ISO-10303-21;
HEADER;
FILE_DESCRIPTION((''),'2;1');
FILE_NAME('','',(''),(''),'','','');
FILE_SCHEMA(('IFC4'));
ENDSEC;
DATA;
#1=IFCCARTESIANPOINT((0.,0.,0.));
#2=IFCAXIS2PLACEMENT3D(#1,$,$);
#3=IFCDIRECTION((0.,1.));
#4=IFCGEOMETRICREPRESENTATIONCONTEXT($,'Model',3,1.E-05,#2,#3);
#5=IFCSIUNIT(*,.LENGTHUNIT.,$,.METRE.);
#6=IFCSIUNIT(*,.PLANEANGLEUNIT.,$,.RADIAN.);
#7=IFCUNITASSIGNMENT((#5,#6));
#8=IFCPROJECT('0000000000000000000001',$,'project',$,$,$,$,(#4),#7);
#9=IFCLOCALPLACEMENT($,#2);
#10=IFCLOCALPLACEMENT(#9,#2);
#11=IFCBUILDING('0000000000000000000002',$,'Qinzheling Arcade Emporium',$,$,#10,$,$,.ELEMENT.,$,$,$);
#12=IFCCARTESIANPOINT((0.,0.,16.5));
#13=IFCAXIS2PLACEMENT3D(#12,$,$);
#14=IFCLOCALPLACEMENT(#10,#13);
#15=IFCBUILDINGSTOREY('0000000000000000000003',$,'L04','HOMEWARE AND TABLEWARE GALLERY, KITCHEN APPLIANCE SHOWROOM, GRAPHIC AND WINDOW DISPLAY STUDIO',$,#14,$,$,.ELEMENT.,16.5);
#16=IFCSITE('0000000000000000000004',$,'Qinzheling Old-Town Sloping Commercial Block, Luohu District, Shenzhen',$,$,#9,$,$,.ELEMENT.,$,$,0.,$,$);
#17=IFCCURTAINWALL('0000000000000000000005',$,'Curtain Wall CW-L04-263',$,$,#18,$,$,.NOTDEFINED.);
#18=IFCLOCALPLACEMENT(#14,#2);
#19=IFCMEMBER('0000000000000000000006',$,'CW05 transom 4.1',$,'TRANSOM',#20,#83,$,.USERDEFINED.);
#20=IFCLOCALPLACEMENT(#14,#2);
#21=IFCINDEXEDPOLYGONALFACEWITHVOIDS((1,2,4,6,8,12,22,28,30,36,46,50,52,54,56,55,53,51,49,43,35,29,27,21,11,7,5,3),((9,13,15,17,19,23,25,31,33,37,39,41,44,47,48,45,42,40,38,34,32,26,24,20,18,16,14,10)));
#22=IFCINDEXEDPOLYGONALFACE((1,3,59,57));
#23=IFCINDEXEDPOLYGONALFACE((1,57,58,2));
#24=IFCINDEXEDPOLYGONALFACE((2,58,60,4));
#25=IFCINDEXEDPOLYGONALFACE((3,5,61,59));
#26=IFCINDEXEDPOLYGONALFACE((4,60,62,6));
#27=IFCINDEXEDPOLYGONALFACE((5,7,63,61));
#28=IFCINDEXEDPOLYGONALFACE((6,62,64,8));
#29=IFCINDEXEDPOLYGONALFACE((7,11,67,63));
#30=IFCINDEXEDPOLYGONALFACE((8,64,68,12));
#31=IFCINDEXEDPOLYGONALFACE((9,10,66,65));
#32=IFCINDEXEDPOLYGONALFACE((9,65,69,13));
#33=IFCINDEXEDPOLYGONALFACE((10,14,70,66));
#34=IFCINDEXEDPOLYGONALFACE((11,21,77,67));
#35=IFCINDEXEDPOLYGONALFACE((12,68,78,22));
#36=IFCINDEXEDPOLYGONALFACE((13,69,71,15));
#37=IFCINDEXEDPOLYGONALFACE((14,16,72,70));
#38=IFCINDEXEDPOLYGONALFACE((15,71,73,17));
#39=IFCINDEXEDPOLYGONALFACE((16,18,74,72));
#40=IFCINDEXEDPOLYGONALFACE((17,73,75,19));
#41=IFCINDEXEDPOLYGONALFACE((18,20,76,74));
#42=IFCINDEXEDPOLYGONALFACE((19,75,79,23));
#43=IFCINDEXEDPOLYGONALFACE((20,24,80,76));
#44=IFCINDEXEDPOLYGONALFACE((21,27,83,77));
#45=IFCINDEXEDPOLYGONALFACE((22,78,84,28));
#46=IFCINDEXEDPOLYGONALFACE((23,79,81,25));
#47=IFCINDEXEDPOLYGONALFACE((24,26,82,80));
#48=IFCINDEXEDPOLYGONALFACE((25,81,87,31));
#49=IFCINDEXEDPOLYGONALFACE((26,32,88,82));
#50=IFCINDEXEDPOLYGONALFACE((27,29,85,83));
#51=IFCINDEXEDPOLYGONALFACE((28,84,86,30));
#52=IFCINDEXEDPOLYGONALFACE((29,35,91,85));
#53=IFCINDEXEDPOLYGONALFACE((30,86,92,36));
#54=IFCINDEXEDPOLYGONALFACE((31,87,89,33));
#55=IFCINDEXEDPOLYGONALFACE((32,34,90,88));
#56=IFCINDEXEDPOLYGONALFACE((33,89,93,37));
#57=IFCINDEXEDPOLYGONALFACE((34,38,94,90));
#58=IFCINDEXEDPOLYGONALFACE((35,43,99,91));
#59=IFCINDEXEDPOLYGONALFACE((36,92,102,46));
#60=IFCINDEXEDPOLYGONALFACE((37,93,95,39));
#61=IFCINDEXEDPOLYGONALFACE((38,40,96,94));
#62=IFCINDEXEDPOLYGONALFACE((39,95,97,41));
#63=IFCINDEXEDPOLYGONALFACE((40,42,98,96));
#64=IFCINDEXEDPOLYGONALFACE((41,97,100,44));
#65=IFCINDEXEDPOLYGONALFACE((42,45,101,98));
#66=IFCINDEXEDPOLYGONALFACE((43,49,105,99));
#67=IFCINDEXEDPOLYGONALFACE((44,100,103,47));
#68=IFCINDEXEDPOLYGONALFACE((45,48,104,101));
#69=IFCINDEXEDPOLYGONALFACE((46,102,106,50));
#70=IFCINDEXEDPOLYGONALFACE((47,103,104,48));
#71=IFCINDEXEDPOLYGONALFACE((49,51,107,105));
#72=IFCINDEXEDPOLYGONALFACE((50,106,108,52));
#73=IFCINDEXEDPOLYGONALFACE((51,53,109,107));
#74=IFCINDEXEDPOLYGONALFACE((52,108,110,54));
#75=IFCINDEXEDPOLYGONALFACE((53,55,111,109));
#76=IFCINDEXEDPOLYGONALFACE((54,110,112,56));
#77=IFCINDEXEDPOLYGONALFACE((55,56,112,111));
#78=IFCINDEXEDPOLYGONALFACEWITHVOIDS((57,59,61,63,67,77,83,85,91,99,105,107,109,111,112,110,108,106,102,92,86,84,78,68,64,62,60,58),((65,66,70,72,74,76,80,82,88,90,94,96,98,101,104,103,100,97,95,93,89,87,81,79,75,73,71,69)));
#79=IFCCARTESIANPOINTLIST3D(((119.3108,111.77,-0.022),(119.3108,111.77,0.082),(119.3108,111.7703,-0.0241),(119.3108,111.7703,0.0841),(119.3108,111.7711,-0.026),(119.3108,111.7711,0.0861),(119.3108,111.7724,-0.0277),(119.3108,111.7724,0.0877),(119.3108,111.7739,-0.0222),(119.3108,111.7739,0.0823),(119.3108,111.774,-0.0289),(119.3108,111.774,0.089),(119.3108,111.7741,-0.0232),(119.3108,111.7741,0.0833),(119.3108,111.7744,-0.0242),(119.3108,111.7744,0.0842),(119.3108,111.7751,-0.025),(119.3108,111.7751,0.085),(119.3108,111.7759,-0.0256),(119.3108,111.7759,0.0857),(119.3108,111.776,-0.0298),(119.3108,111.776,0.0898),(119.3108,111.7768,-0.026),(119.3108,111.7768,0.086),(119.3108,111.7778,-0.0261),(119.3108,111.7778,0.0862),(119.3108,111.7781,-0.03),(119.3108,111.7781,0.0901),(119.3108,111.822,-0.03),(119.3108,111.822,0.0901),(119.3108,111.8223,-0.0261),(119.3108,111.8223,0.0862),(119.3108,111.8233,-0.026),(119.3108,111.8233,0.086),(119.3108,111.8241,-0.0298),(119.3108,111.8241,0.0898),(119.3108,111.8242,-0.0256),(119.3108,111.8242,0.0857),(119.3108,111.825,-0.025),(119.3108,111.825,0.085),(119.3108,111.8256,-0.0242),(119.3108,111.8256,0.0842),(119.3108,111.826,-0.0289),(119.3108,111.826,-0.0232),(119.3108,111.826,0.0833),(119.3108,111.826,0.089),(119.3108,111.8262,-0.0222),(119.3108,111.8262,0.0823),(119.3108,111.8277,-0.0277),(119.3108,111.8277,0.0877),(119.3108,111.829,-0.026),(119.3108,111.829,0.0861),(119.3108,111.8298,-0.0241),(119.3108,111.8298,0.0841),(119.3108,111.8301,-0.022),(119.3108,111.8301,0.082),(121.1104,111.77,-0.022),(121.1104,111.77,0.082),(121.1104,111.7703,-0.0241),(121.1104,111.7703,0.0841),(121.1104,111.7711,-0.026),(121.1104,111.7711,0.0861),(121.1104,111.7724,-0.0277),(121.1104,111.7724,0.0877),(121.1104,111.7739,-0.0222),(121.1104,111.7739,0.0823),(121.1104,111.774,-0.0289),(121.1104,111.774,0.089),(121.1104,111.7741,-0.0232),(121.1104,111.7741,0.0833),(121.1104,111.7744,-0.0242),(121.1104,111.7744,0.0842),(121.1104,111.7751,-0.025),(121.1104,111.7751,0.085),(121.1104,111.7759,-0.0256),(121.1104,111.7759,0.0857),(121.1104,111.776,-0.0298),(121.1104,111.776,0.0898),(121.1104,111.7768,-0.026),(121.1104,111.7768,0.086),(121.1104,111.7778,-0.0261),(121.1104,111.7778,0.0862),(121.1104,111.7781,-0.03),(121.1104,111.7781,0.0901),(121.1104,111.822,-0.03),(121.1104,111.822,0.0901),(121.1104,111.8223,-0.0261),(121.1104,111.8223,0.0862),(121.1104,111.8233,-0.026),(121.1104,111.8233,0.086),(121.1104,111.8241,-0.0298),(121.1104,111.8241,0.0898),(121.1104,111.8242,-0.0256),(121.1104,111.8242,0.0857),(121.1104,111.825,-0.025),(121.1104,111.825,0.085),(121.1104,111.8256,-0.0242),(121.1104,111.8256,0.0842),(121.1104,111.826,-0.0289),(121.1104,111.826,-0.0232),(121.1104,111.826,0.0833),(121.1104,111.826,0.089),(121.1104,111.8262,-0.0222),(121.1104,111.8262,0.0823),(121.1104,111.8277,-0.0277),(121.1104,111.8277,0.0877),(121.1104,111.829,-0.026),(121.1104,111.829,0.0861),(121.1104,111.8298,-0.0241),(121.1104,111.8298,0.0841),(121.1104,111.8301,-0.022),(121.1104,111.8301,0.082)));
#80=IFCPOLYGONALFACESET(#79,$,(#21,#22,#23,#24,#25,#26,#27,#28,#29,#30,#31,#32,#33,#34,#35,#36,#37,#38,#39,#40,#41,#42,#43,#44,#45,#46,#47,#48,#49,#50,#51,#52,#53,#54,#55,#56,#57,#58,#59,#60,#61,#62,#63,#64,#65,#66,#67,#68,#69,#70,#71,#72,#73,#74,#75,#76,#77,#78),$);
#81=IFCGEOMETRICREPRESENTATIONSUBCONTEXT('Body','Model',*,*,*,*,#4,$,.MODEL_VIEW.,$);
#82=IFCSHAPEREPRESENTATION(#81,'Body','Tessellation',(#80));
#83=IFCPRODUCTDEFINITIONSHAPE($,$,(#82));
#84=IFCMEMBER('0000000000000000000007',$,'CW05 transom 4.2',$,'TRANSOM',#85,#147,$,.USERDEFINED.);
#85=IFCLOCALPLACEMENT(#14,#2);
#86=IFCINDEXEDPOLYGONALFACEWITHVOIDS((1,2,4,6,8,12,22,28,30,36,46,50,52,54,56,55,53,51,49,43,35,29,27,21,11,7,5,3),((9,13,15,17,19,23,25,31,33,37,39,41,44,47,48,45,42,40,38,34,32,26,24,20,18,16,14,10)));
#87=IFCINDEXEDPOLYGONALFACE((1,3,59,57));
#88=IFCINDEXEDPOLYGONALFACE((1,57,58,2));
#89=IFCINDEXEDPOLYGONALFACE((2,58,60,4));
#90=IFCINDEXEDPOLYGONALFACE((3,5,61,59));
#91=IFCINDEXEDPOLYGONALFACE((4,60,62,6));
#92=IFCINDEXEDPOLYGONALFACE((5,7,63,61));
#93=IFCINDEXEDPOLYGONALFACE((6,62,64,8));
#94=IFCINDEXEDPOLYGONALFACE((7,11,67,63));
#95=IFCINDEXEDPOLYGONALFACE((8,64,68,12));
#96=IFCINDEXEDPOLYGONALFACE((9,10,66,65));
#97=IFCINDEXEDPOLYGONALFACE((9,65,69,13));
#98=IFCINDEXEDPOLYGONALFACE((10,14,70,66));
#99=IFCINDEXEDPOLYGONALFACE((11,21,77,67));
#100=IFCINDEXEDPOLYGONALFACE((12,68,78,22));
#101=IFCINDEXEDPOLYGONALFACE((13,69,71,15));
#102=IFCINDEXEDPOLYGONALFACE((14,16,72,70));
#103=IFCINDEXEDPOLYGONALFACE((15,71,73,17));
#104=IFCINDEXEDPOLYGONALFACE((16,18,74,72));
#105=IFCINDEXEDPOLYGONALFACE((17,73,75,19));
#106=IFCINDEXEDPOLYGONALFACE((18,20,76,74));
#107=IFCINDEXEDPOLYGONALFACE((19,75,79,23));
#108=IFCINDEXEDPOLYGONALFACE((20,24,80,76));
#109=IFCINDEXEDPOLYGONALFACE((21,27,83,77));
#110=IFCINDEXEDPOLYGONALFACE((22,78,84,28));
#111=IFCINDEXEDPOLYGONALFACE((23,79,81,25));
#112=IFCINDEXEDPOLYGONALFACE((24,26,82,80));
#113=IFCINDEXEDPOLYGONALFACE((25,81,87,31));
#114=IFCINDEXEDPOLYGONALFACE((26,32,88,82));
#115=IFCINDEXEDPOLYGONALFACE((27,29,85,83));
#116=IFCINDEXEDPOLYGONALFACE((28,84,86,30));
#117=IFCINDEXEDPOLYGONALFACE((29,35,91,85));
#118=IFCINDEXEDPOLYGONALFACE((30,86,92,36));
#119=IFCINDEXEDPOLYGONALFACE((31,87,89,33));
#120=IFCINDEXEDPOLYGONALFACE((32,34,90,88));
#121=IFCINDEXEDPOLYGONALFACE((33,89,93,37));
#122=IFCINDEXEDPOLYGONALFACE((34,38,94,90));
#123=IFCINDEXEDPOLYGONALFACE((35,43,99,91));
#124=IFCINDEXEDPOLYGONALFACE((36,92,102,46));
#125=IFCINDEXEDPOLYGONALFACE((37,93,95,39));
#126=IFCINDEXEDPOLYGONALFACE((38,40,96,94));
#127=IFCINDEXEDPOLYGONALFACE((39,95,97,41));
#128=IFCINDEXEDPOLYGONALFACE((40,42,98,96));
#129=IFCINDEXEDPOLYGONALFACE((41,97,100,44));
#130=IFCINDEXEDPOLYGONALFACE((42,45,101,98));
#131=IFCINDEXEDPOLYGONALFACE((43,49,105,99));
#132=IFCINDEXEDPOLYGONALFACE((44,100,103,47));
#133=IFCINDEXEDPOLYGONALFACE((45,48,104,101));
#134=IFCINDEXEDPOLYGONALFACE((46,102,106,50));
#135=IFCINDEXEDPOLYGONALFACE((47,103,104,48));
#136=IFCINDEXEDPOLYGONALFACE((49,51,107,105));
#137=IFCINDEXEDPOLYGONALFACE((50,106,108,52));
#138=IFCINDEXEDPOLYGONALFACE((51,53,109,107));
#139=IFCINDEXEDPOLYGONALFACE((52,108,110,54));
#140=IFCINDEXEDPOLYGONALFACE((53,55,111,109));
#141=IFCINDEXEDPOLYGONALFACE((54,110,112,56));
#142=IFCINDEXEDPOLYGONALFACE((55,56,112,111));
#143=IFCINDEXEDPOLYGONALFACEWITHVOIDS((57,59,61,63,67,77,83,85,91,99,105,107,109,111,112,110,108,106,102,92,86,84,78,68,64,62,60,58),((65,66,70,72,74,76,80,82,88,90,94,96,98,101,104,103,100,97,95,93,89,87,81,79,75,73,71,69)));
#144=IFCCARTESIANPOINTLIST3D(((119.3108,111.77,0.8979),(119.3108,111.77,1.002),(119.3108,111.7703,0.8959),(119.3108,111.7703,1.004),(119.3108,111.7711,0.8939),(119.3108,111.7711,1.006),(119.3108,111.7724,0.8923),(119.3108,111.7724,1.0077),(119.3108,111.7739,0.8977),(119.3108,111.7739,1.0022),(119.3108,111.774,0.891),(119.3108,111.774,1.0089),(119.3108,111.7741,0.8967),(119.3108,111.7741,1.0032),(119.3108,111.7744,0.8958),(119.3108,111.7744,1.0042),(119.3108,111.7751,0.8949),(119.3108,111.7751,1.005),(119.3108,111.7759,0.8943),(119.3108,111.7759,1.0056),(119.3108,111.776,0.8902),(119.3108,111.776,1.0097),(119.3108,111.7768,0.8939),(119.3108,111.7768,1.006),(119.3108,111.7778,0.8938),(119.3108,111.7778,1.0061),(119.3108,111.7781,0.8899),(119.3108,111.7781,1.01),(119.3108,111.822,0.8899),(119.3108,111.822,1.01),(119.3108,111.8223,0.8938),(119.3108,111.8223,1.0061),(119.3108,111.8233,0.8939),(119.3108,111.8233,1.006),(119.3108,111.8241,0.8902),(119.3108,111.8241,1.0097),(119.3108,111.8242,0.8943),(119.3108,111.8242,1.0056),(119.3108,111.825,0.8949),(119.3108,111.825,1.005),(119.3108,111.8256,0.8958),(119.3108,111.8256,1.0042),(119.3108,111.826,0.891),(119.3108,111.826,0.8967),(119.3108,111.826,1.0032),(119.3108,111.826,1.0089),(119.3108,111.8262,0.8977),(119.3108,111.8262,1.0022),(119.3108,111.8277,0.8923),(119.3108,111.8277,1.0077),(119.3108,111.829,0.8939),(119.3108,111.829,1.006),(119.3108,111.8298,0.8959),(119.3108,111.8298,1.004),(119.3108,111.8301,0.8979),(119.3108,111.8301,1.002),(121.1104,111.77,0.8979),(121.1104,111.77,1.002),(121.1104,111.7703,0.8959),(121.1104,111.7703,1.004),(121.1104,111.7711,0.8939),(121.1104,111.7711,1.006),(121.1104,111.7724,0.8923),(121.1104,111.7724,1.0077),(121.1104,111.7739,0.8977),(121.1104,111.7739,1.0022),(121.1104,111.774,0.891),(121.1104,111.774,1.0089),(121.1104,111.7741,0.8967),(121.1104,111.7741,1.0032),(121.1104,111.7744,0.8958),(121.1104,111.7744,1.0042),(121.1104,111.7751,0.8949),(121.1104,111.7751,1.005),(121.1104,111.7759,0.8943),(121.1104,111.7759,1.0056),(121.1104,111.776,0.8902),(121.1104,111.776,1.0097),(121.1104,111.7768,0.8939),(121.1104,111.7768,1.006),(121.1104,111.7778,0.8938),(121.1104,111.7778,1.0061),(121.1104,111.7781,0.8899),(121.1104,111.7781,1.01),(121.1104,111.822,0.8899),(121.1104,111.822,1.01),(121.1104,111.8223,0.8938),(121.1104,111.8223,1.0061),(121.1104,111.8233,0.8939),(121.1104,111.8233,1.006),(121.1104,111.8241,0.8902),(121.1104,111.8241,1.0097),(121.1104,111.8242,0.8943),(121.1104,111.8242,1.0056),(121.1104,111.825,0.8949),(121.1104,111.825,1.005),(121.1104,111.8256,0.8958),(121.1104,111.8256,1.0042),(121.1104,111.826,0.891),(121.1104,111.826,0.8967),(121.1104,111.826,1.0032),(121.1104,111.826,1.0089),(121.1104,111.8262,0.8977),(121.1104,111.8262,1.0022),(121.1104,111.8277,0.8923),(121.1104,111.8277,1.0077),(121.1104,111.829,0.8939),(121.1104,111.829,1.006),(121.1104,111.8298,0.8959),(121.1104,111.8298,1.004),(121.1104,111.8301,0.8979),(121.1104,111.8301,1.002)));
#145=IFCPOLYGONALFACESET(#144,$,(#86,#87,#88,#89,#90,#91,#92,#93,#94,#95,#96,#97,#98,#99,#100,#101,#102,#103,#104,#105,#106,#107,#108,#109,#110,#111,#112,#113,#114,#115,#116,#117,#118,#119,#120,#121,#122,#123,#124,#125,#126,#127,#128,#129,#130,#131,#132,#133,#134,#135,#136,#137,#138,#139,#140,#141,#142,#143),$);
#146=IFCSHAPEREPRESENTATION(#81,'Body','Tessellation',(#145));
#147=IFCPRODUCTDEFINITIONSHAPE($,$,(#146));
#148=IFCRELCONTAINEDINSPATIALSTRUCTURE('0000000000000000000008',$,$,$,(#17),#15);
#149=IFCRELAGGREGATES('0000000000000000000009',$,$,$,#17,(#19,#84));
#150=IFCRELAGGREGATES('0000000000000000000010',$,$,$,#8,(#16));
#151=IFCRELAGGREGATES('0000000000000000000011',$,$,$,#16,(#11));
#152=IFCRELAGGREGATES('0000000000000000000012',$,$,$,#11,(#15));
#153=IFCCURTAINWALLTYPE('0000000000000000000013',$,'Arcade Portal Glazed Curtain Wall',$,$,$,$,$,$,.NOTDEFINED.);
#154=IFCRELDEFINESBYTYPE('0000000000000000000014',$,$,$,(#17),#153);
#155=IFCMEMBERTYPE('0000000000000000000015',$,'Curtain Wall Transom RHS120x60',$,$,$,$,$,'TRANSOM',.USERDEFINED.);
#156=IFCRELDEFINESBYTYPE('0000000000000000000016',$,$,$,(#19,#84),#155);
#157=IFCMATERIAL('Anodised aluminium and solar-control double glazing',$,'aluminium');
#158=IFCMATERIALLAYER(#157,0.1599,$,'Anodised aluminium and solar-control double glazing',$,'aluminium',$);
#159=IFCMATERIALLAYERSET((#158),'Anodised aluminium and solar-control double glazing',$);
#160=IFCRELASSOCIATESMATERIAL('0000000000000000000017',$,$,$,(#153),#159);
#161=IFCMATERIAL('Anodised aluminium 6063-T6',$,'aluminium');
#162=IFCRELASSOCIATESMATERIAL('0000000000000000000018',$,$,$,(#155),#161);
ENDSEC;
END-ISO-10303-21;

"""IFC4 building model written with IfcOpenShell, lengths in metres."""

from ifc_helpers import new_model, si_unit, direction, frame, origin, origin_2d, place, context, subcontext, project, spatial, hollow_rectangle, extrude, material, layer, layer_set, material_profile, profile_set, type_object, element, aggregate, save


model = new_model("IFC4")

# Units and contexts
model_context = context("Model", 3, precision=1e-05, world=origin(), true_north=direction((0.0, 1.0)))
body_context = subcontext(model_context, "Body", "Model", "MODEL_VIEW")
ifc_project = project(units=[si_unit("LENGTHUNIT", "METRE"), si_unit("PLANEANGLEUNIT", "RADIAN")], contexts=[model_context])

# Site, building, storey
site_placement = place(None, origin())
site = spatial("IfcSite", under=ifc_project, at=site_placement, Name="Qinzheling Old-Town Sloping Commercial Block, Luohu District, Shenzhen", CompositionType="ELEMENT", RefElevation=0.0)
building_placement = place(site_placement, origin())
building = spatial("IfcBuilding", under=site, at=building_placement, Name="Qinzheling Arcade Emporium", CompositionType="ELEMENT")
storey_placement = place(building_placement, frame((0.0, 0.0, 16.5)))
storey = spatial("IfcBuildingStorey", under=building, at=storey_placement, Name="L04", Description="HOMEWARE AND TABLEWARE GALLERY, KITCHEN APPLIANCE SHOWROOM, GRAPHIC AND WINDOW DISPLAY STUDIO", CompositionType="ELEMENT", Elevation=16.5)

# Curtain wall, members
ifc_material_1 = material(Name="Anodised aluminium and solar-control double glazing", Category="aluminium")
ifc_layer_1 = layer(ifc_material_1, 0.1599, Name="Anodised aluminium and solar-control double glazing", Category="aluminium")
ifc_layer_set_1 = layer_set([ifc_layer_1], Name="Anodised aluminium and solar-control double glazing")
curtain_wall_type = type_object("IfcCurtainWallType", Name="Arcade Portal Glazed Curtain Wall", PredefinedType="NOTDEFINED", material=ifc_layer_set_1)
curtain_wall_placement = place(storey_placement, origin())
curtain_wall = element("IfcCurtainWall", 1, at=curtain_wall_placement, inside=storey, type_object=curtain_wall_type, Name="Curtain Wall CW-L04-263", PredefinedType="NOTDEFINED")
ifc_material_2 = material(Name="Anodised aluminium 6063-T6", Category="aluminium")
ifc_material_profile_1 = material_profile(ifc_material_2, hollow_rectangle(XDim=0.0601, YDim=0.1201, WallThickness=0.0039, InnerFilletRadius=0.0039, OuterFilletRadius=0.0081, at=origin_2d()), Name="RHS 120x60x4", Category="aluminium")
ifc_profile_set_1 = profile_set([ifc_material_profile_1], Name="Anodised aluminium 6063-T6")
member_type_1 = type_object("IfcMemberType", Name="Curtain Wall Transom RHS120x60", ElementType="TRANSOM", PredefinedType="USERDEFINED", material=ifc_profile_set_1)
member_1_placement = place(storey_placement, frame((119.3108, 111.8, 0.03), z_axis=(1.0, 0.0, 0.0), x_axis=(0.0, 1.0, 0.0)))
member_1 = element("IfcMember", 2, at=member_1_placement, type_object=member_type_1, Name="CW05 transom 4.1", ObjectType="TRANSOM", PredefinedType="USERDEFINED", context=body_context, shape_type="SweptSolid", body=[
    extrude(hollow_rectangle(XDim=0.0601, YDim=0.1201, WallThickness=0.0039, InnerFilletRadius=0.0039, OuterFilletRadius=0.0081, at=origin_2d()), origin(), (0.0, 0.0, 1.0), 1.7996),
])
member_2_placement = place(storey_placement, frame((119.3108, 111.8, 0.95), z_axis=(1.0, 0.0, 0.0), x_axis=(0.0, 1.0, 0.0)))
member_2 = element("IfcMember", 3, at=member_2_placement, type_object=member_type_1, Name="CW05 transom 4.2", ObjectType="TRANSOM", PredefinedType="USERDEFINED", context=body_context, shape_type="SweptSolid", body=[
    extrude(hollow_rectangle(XDim=0.0601, YDim=0.1201, WallThickness=0.0039, InnerFilletRadius=0.0039, OuterFilletRadius=0.0081, at=origin_2d()), origin(), (0.0, 0.0, 1.0), 1.7996),
])
aggregate(curtain_wall, [member_1, member_2])

save(model, "model.ifc")
